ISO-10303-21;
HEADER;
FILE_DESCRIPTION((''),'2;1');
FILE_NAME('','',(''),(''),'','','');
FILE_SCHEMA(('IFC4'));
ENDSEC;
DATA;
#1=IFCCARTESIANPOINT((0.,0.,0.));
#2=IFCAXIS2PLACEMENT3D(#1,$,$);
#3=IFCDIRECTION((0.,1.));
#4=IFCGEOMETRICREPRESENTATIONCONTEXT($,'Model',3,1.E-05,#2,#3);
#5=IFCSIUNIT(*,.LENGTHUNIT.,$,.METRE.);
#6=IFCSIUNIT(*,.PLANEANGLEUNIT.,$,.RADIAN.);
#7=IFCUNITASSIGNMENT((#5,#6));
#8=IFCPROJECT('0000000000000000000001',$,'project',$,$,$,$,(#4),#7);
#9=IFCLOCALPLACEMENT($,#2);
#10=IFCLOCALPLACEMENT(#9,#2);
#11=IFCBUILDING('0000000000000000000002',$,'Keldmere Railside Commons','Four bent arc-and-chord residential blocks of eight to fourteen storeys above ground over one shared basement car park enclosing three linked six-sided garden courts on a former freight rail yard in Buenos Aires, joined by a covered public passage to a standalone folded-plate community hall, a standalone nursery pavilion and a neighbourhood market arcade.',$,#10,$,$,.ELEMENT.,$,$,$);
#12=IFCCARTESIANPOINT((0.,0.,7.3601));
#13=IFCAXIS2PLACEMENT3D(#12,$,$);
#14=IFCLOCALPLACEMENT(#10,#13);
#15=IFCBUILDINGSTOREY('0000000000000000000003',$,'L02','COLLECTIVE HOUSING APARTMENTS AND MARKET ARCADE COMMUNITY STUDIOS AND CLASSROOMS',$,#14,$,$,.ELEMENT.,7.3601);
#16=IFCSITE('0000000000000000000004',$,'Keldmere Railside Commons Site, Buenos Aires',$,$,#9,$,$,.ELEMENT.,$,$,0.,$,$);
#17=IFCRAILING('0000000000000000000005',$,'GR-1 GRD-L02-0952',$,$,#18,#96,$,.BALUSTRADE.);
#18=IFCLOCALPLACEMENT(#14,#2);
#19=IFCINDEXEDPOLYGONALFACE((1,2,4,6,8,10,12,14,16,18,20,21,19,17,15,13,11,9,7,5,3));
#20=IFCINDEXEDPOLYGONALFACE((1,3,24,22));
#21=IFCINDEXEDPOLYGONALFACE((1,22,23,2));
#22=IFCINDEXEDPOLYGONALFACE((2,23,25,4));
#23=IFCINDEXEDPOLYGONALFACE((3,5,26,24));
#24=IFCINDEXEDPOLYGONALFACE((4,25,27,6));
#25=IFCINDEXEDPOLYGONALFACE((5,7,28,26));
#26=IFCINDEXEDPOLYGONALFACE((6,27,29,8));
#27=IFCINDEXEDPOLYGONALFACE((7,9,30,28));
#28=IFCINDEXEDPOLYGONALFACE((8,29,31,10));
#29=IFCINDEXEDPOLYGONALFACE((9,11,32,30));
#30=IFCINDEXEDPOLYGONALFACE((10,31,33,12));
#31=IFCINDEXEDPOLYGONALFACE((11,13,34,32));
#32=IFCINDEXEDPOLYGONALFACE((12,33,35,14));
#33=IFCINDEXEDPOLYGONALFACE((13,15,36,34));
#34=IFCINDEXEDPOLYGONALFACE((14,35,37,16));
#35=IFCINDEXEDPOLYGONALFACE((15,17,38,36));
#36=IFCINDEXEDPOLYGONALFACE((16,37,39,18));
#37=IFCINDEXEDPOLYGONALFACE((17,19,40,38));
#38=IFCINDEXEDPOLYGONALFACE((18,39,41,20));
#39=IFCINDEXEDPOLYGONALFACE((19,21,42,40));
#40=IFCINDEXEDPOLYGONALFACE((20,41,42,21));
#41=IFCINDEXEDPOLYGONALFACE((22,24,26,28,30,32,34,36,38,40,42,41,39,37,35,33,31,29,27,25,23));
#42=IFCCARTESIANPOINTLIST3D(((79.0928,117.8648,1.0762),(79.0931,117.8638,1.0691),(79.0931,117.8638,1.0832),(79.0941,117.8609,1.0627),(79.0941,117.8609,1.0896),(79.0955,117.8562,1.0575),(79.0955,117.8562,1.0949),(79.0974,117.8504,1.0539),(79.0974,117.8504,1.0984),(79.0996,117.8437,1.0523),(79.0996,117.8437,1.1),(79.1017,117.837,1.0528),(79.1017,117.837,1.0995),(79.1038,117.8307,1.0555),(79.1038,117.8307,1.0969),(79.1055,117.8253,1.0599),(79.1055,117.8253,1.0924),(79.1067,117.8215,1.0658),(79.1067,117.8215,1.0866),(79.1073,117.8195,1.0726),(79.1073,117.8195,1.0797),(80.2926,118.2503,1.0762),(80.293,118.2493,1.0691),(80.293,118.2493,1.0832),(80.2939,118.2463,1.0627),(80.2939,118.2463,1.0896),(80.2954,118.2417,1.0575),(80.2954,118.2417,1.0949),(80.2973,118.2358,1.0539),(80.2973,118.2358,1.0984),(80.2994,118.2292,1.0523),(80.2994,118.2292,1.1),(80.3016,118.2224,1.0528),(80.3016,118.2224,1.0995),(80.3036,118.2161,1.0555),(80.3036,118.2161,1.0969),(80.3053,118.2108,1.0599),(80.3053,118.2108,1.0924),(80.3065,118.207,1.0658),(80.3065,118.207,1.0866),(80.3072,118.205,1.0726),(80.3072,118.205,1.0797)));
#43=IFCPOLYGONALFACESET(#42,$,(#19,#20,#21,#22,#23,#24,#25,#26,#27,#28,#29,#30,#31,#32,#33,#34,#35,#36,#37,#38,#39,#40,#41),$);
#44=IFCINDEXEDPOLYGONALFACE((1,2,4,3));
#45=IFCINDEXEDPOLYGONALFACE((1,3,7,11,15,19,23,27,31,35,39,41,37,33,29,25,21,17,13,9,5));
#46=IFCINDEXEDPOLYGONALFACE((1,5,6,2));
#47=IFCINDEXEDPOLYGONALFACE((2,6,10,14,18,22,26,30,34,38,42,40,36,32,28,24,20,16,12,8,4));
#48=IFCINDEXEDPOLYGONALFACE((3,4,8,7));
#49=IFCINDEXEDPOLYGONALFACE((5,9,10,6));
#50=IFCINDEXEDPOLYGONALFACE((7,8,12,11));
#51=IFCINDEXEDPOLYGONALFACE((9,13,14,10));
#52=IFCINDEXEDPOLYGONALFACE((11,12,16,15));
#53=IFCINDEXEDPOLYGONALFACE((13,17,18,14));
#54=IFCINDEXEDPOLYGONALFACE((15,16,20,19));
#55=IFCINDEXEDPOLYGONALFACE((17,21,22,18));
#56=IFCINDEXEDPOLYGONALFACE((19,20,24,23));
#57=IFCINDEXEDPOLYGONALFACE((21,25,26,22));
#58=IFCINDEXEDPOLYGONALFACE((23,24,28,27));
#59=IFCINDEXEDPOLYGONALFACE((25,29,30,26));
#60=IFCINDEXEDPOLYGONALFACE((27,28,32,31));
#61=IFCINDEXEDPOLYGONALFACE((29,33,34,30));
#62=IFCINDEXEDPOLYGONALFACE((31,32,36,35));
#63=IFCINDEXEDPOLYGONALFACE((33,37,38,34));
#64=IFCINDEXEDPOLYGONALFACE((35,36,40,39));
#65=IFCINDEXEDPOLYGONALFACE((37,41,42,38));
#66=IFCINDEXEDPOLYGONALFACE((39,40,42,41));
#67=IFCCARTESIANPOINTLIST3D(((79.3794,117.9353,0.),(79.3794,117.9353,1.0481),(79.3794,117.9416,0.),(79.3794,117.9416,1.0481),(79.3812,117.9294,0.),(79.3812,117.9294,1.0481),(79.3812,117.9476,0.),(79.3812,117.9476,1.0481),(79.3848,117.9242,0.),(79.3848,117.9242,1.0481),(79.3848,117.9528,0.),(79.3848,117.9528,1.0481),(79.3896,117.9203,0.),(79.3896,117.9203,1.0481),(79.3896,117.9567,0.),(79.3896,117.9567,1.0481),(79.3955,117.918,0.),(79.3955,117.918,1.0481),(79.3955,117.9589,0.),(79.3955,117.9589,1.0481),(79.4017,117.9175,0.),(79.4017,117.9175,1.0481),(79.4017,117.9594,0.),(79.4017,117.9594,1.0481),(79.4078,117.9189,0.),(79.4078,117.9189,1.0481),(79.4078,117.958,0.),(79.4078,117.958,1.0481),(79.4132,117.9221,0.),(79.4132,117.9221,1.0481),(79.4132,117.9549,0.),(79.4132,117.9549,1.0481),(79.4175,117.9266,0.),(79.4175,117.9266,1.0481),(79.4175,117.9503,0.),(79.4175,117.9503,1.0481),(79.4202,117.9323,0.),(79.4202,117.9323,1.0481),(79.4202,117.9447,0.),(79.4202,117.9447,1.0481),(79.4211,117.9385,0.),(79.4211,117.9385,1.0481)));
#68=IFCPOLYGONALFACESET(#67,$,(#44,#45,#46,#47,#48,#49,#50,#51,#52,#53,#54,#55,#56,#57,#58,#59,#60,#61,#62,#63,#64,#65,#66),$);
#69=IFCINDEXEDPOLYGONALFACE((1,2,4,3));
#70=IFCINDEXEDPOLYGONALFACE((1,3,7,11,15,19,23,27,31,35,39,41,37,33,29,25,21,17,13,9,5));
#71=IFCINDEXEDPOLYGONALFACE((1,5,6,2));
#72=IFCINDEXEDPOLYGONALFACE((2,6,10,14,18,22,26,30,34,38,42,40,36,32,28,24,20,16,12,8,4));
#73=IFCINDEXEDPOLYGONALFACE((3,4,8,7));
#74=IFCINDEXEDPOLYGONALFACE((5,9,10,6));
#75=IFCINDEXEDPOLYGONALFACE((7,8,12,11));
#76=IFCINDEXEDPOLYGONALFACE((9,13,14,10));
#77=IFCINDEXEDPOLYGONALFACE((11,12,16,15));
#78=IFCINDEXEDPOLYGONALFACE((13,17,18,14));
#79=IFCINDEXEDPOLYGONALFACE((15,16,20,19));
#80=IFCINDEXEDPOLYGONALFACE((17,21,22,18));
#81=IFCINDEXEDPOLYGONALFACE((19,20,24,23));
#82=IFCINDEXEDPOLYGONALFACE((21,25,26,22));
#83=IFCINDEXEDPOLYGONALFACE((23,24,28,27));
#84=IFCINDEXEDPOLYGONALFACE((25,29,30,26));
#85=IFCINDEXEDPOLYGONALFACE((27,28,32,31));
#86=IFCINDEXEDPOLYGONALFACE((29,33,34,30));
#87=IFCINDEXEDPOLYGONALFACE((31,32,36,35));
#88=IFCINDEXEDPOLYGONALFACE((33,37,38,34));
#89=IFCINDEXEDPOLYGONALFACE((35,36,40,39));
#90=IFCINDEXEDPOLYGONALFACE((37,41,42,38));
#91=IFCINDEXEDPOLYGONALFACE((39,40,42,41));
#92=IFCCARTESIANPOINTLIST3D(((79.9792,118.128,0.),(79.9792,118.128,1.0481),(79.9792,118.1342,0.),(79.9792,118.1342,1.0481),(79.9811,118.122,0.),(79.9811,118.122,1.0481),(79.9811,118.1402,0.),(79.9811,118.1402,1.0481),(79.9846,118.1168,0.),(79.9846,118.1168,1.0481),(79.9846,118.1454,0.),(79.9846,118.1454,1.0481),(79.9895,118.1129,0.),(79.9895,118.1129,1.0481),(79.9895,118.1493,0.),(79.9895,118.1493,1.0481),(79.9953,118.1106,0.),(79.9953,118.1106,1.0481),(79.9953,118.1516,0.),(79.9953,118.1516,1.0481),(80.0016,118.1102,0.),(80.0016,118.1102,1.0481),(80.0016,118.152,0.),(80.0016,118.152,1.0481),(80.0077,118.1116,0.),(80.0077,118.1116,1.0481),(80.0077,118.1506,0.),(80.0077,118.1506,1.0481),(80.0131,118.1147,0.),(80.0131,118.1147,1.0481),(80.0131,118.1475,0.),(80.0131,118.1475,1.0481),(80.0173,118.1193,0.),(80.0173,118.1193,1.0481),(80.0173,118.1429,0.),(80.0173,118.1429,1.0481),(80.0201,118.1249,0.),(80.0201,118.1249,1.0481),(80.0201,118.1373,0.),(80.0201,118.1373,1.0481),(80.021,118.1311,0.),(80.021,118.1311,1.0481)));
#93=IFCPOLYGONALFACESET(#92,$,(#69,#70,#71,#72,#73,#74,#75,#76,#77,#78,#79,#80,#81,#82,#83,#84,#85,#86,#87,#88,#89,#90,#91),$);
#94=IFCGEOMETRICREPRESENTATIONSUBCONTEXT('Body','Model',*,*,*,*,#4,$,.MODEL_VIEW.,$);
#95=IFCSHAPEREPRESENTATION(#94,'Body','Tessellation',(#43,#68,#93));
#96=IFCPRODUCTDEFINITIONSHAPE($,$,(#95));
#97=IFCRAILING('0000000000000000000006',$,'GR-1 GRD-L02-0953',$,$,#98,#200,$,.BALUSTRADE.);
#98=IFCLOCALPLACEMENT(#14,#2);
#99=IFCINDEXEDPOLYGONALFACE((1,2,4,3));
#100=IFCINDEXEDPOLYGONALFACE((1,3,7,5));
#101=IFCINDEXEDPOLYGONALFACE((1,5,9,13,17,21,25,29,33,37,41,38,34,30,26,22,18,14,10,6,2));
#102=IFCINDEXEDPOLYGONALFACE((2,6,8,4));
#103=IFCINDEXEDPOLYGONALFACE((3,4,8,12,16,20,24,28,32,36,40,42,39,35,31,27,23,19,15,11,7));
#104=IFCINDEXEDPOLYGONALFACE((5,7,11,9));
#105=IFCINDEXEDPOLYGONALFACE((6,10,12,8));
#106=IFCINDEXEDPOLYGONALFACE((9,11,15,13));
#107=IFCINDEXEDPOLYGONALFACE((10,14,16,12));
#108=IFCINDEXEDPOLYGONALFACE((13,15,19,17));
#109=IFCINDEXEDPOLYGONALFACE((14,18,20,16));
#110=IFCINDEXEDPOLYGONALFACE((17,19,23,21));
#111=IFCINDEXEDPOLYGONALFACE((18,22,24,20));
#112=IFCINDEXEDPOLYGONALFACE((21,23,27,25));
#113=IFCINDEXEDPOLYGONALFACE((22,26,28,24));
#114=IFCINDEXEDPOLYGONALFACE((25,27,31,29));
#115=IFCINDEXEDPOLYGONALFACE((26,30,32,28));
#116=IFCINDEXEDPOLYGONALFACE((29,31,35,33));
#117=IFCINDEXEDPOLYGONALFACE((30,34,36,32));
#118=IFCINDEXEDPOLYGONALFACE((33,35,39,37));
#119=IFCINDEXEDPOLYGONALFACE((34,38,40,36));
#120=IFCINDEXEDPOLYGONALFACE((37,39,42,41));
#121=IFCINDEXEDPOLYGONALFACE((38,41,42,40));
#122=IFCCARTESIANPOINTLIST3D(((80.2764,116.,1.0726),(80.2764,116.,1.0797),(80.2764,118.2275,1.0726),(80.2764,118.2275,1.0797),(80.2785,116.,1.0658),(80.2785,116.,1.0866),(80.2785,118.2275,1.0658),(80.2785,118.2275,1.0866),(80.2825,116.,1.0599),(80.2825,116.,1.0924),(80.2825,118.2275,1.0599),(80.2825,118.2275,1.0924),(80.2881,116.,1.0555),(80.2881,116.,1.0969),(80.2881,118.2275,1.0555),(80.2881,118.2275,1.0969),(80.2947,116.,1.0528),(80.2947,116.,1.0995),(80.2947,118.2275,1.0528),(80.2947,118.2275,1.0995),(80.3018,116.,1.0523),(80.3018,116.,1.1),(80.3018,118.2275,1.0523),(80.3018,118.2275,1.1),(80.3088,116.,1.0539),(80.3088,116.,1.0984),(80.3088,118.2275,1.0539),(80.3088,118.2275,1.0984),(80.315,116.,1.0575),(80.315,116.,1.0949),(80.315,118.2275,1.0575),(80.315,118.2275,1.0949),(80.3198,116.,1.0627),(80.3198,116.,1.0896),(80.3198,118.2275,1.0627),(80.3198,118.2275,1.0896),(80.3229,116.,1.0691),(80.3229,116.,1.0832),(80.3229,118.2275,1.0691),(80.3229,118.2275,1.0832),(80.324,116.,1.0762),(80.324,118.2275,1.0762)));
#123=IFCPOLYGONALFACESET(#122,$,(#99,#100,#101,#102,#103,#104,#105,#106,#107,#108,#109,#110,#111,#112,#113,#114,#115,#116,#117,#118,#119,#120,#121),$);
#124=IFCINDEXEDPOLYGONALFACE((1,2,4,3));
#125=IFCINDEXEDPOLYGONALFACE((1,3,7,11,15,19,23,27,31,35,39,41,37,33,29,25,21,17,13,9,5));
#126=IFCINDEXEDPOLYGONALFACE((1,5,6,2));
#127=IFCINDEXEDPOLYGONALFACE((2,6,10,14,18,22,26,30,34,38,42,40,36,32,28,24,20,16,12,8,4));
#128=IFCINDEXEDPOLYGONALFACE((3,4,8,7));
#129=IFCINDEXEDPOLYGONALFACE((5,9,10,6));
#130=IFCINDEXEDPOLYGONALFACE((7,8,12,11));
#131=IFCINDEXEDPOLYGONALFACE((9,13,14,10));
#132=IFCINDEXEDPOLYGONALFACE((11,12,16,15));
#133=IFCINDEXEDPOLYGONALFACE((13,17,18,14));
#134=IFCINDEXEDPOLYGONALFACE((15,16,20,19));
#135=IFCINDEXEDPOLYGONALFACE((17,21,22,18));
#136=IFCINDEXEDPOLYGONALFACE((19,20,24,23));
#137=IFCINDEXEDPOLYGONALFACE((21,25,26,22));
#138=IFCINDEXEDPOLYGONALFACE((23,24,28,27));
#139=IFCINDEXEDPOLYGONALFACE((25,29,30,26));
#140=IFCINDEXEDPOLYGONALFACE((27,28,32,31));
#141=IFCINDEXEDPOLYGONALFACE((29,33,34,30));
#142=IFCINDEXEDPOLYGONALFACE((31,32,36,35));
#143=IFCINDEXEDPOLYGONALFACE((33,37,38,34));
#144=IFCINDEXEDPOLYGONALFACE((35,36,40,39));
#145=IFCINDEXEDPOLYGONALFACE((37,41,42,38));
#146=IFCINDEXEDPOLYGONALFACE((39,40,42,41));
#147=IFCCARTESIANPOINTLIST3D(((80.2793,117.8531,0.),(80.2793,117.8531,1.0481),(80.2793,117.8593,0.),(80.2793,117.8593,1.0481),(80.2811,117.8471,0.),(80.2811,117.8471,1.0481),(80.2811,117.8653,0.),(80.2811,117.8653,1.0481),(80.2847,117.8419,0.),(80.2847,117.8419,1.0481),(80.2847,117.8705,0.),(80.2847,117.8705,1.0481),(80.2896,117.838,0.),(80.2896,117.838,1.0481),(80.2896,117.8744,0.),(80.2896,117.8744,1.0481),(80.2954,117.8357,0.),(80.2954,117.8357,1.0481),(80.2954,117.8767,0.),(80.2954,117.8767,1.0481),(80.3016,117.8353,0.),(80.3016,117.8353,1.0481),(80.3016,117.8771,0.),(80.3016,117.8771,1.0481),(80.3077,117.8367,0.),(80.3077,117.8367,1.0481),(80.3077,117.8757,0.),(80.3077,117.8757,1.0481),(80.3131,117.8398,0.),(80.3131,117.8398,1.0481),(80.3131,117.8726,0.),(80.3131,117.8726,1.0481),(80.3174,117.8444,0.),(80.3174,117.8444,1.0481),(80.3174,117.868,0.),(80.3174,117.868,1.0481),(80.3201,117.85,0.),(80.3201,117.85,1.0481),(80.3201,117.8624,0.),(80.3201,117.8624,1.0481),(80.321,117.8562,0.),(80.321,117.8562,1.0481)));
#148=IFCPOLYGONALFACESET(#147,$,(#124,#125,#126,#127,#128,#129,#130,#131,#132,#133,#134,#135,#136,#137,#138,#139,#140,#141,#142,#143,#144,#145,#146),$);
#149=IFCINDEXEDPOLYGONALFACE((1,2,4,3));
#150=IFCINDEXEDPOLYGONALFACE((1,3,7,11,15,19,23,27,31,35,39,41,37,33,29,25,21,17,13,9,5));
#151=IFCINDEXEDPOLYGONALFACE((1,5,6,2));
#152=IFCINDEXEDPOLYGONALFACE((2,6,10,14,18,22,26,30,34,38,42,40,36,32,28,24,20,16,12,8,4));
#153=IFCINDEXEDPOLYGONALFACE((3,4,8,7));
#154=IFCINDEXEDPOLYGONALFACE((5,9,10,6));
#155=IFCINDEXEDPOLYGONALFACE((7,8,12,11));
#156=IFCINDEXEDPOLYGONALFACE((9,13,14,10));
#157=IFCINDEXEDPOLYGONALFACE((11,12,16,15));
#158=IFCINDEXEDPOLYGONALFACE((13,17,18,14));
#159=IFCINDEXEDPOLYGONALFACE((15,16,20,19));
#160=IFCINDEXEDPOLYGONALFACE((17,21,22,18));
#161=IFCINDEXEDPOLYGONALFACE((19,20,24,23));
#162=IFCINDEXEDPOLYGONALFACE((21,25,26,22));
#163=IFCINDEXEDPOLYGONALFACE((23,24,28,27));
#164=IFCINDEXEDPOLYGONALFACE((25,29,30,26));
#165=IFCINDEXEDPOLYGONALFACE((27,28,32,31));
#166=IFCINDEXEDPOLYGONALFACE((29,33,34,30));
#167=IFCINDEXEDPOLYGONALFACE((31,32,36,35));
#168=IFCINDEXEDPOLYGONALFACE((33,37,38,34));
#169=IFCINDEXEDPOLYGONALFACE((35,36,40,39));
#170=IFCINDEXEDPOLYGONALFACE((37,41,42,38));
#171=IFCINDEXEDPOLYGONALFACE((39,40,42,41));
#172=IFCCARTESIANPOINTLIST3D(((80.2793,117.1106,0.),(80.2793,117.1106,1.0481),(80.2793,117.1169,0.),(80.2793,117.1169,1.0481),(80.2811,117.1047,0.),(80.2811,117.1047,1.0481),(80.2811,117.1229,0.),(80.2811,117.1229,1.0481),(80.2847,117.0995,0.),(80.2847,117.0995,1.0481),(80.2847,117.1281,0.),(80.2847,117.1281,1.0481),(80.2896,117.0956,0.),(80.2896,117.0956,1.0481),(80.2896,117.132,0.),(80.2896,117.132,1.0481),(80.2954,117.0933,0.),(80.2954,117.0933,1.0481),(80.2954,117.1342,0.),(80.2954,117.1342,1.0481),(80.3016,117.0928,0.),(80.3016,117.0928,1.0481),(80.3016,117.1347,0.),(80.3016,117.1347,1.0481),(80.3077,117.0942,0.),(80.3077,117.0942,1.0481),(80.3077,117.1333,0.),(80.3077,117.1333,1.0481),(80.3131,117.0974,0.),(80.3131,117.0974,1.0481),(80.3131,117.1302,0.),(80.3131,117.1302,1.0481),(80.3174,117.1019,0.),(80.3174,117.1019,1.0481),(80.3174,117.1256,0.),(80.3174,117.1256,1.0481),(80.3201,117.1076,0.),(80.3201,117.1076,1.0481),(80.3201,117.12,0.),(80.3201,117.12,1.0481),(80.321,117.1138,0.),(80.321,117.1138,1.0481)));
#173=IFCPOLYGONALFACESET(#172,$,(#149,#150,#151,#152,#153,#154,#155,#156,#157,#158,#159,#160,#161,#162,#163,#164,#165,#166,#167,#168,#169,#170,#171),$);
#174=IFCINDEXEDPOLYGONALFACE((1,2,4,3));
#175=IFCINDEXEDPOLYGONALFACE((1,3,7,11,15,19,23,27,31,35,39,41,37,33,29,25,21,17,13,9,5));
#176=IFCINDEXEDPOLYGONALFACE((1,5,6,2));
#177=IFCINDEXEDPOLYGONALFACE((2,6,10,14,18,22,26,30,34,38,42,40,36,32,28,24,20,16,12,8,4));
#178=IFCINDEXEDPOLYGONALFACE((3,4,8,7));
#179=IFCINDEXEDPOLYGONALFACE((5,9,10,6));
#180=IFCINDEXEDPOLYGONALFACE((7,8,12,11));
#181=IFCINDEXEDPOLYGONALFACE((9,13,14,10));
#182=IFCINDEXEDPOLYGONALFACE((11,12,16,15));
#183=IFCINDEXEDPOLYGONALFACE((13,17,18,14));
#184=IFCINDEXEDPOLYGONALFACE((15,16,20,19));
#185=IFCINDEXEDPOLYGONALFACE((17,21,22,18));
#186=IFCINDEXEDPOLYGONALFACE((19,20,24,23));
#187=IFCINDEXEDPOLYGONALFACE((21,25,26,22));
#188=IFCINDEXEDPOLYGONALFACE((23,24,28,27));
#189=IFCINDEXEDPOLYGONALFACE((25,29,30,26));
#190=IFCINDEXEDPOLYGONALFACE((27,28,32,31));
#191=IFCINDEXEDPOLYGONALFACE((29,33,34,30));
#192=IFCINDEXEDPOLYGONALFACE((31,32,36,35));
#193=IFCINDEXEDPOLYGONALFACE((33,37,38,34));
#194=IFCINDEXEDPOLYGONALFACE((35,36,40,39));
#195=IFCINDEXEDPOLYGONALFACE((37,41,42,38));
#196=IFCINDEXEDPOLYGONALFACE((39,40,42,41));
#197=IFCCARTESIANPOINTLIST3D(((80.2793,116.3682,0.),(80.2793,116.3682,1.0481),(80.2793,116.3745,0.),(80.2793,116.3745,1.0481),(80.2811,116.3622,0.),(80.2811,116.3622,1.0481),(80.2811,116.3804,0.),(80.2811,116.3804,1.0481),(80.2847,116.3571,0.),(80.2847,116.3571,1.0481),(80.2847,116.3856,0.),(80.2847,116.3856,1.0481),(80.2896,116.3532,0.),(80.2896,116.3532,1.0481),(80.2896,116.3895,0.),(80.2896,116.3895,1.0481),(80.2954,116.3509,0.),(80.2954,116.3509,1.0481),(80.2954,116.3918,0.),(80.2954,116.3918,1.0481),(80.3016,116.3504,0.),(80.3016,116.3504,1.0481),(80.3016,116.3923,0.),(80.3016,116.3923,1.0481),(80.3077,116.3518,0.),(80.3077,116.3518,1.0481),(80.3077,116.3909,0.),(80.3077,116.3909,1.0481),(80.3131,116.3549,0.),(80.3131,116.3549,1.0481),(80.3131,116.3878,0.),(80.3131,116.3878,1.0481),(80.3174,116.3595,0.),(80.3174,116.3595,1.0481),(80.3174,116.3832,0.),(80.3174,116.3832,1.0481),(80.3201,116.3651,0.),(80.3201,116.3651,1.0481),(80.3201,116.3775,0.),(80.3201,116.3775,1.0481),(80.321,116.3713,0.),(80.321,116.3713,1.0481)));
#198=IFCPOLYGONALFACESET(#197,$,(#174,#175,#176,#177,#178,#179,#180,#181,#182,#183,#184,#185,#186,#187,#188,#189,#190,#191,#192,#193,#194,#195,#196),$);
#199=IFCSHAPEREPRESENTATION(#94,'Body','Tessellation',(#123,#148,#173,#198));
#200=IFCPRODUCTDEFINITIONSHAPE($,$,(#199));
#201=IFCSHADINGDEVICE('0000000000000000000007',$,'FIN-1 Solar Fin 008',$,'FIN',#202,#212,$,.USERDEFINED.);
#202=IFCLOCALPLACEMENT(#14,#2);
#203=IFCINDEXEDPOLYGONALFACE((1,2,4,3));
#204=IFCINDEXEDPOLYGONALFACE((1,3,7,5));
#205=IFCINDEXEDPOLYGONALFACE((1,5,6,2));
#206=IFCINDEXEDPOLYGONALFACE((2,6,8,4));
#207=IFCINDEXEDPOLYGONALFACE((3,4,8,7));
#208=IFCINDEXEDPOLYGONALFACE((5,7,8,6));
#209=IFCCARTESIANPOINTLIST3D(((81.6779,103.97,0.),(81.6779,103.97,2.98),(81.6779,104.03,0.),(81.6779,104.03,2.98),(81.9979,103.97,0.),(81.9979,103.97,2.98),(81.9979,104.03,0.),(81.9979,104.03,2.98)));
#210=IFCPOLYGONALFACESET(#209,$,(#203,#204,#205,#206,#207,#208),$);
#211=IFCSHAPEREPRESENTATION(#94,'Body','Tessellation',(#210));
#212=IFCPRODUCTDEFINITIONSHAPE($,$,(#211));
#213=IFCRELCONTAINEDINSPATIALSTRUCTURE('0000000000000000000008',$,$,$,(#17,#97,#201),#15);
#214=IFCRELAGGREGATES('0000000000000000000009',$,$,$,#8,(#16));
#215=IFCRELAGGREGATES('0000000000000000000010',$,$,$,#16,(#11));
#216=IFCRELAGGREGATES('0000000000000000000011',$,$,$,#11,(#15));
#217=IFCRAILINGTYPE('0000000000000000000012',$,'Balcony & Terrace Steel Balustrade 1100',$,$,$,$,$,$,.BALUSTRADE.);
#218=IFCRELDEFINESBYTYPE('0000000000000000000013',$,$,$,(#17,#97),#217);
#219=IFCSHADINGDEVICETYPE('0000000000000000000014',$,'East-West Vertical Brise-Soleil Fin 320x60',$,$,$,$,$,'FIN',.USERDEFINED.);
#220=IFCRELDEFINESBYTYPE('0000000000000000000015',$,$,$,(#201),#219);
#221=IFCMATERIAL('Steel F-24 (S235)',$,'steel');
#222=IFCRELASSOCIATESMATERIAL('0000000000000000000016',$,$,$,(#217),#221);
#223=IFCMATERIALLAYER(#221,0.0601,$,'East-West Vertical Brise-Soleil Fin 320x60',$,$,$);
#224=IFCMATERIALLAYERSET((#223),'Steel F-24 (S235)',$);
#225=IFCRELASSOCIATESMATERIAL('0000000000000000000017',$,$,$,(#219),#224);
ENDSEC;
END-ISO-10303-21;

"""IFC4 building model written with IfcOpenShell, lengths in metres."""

from ifc_helpers import new_model, si_unit, direction, frame, origin, origin_2d, place, context, subcontext, project, spatial, rectangle, circle, extrude, material, layer, layer_set, type_object, element, save


model = new_model("IFC4")

# Units and contexts
model_context = context("Model", 3, precision=1e-05, world=origin(), true_north=direction((0.0, 1.0)))
body_context = subcontext(model_context, "Body", "Model", "MODEL_VIEW")
ifc_project = project(units=[si_unit("LENGTHUNIT", "METRE"), si_unit("PLANEANGLEUNIT", "RADIAN")], contexts=[model_context])

# Site, building, storey
site_placement = place(None, origin())
site = spatial("IfcSite", under=ifc_project, at=site_placement, Name="Keldmere Railside Commons Site, Buenos Aires", CompositionType="ELEMENT", RefElevation=0.0)
building_placement = place(site_placement, origin())
building = spatial("IfcBuilding", under=site, at=building_placement, Name="Keldmere Railside Commons", Description="Four bent arc-and-chord residential blocks of eight to fourteen storeys above ground over one shared basement car park enclosing three linked six-sided garden courts on a former freight rail yard in Buenos Aires, joined by a covered public passage to a standalone folded-plate community hall, a standalone nursery pavilion and a neighbourhood market arcade.", CompositionType="ELEMENT")
storey_placement = place(building_placement, frame((0.0, 0.0, 7.3601)))
storey = spatial("IfcBuildingStorey", under=building, at=storey_placement, Name="L02", Description="COLLECTIVE HOUSING APARTMENTS AND MARKET ARCADE COMMUNITY STUDIOS AND CLASSROOMS", CompositionType="ELEMENT", Elevation=7.3601)

# Shared definitions
ifc_material_1 = material(Name="Steel F-24 (S235)", Category="steel")

# Railings
railing_type_1 = type_object("IfcRailingType", Name="Balcony & Terrace Steel Balustrade 1100", PredefinedType="BALUSTRADE", material=ifc_material_1)
railing_1_placement = place(storey_placement, frame((79.1001, 117.842, 0.0)))
element("IfcRailing", 1, at=railing_1_placement, inside=storey, type_object=railing_type_1, Name="GR-1 GRD-L02-0952", PredefinedType="BALUSTRADE", context=body_context, shape_type="SweptSolid", body=[
    extrude(circle(Radius=0.0239, at=origin_2d()), frame((0.0, 0.0, 1.0762), z_axis=(0.952075, 0.305865, 0.0), x_axis=(-0.305865, 0.952075, 0.0)), (0.0, 0.0, 1.0), 1.2603),
    extrude(circle(Radius=0.021, at=origin_2d()), frame((0.3, 0.0964, 0.0)), (0.0, 0.0, 1.0), 1.0481),
    extrude(circle(Radius=0.021, at=origin_2d()), frame((0.8999, 0.2891, 0.0)), (0.0, 0.0, 1.0), 1.0481),
])
railing_2_placement = place(storey_placement, frame((80.3, 118.2275, 0.0)))
element("IfcRailing", 2, at=railing_2_placement, inside=storey, type_object=railing_type_1, Name="GR-1 GRD-L02-0953", PredefinedType="BALUSTRADE", context=body_context, shape_type="SweptSolid", body=[
    extrude(circle(Radius=0.0239, at=origin_2d()), frame((0.0, 0.0, 1.0762), z_axis=(0.0, -1.0, 0.0), x_axis=(1.0, 0.0, 0.0)), (0.0, 0.0, 1.0), 2.2275),
    extrude(circle(Radius=0.021, at=origin_2d()), frame((0.0, -0.3713, 0.0)), (0.0, 0.0, 1.0), 1.0481),
    extrude(circle(Radius=0.021, at=origin_2d()), frame((0.0, -1.1138, 0.0)), (0.0, 0.0, 1.0), 1.0481),
    extrude(circle(Radius=0.021, at=origin_2d()), frame((0.0, -1.8562, 0.0)), (0.0, 0.0, 1.0), 1.0481),
])

# Shading device
ifc_layer_1 = layer(ifc_material_1, 0.0601, Name="East-West Vertical Brise-Soleil Fin 320x60")
ifc_layer_set_1 = layer_set([ifc_layer_1], Name="Steel F-24 (S235)")
shading_device_type = type_object("IfcShadingDeviceType", Name="East-West Vertical Brise-Soleil Fin 320x60", ElementType="FIN", PredefinedType="USERDEFINED", material=ifc_layer_set_1)
shading_device_placement = place(storey_placement, frame((81.8379, 104.0, 0.0), z_axis=(0.0, 0.0, 1.0), x_axis=(1.0, 0.0, 0.0)))
element("IfcShadingDevice", 3, at=shading_device_placement, inside=storey, type_object=shading_device_type, Name="FIN-1 Solar Fin 008", ObjectType="FIN", PredefinedType="USERDEFINED", context=body_context, shape_type="SweptSolid", body=[
    extrude(rectangle(XDim=0.3201, YDim=0.0601, at=origin_2d()), origin(), (0.0, 0.0, 1.0), 2.98),
])

save(model, "model.ifc")
